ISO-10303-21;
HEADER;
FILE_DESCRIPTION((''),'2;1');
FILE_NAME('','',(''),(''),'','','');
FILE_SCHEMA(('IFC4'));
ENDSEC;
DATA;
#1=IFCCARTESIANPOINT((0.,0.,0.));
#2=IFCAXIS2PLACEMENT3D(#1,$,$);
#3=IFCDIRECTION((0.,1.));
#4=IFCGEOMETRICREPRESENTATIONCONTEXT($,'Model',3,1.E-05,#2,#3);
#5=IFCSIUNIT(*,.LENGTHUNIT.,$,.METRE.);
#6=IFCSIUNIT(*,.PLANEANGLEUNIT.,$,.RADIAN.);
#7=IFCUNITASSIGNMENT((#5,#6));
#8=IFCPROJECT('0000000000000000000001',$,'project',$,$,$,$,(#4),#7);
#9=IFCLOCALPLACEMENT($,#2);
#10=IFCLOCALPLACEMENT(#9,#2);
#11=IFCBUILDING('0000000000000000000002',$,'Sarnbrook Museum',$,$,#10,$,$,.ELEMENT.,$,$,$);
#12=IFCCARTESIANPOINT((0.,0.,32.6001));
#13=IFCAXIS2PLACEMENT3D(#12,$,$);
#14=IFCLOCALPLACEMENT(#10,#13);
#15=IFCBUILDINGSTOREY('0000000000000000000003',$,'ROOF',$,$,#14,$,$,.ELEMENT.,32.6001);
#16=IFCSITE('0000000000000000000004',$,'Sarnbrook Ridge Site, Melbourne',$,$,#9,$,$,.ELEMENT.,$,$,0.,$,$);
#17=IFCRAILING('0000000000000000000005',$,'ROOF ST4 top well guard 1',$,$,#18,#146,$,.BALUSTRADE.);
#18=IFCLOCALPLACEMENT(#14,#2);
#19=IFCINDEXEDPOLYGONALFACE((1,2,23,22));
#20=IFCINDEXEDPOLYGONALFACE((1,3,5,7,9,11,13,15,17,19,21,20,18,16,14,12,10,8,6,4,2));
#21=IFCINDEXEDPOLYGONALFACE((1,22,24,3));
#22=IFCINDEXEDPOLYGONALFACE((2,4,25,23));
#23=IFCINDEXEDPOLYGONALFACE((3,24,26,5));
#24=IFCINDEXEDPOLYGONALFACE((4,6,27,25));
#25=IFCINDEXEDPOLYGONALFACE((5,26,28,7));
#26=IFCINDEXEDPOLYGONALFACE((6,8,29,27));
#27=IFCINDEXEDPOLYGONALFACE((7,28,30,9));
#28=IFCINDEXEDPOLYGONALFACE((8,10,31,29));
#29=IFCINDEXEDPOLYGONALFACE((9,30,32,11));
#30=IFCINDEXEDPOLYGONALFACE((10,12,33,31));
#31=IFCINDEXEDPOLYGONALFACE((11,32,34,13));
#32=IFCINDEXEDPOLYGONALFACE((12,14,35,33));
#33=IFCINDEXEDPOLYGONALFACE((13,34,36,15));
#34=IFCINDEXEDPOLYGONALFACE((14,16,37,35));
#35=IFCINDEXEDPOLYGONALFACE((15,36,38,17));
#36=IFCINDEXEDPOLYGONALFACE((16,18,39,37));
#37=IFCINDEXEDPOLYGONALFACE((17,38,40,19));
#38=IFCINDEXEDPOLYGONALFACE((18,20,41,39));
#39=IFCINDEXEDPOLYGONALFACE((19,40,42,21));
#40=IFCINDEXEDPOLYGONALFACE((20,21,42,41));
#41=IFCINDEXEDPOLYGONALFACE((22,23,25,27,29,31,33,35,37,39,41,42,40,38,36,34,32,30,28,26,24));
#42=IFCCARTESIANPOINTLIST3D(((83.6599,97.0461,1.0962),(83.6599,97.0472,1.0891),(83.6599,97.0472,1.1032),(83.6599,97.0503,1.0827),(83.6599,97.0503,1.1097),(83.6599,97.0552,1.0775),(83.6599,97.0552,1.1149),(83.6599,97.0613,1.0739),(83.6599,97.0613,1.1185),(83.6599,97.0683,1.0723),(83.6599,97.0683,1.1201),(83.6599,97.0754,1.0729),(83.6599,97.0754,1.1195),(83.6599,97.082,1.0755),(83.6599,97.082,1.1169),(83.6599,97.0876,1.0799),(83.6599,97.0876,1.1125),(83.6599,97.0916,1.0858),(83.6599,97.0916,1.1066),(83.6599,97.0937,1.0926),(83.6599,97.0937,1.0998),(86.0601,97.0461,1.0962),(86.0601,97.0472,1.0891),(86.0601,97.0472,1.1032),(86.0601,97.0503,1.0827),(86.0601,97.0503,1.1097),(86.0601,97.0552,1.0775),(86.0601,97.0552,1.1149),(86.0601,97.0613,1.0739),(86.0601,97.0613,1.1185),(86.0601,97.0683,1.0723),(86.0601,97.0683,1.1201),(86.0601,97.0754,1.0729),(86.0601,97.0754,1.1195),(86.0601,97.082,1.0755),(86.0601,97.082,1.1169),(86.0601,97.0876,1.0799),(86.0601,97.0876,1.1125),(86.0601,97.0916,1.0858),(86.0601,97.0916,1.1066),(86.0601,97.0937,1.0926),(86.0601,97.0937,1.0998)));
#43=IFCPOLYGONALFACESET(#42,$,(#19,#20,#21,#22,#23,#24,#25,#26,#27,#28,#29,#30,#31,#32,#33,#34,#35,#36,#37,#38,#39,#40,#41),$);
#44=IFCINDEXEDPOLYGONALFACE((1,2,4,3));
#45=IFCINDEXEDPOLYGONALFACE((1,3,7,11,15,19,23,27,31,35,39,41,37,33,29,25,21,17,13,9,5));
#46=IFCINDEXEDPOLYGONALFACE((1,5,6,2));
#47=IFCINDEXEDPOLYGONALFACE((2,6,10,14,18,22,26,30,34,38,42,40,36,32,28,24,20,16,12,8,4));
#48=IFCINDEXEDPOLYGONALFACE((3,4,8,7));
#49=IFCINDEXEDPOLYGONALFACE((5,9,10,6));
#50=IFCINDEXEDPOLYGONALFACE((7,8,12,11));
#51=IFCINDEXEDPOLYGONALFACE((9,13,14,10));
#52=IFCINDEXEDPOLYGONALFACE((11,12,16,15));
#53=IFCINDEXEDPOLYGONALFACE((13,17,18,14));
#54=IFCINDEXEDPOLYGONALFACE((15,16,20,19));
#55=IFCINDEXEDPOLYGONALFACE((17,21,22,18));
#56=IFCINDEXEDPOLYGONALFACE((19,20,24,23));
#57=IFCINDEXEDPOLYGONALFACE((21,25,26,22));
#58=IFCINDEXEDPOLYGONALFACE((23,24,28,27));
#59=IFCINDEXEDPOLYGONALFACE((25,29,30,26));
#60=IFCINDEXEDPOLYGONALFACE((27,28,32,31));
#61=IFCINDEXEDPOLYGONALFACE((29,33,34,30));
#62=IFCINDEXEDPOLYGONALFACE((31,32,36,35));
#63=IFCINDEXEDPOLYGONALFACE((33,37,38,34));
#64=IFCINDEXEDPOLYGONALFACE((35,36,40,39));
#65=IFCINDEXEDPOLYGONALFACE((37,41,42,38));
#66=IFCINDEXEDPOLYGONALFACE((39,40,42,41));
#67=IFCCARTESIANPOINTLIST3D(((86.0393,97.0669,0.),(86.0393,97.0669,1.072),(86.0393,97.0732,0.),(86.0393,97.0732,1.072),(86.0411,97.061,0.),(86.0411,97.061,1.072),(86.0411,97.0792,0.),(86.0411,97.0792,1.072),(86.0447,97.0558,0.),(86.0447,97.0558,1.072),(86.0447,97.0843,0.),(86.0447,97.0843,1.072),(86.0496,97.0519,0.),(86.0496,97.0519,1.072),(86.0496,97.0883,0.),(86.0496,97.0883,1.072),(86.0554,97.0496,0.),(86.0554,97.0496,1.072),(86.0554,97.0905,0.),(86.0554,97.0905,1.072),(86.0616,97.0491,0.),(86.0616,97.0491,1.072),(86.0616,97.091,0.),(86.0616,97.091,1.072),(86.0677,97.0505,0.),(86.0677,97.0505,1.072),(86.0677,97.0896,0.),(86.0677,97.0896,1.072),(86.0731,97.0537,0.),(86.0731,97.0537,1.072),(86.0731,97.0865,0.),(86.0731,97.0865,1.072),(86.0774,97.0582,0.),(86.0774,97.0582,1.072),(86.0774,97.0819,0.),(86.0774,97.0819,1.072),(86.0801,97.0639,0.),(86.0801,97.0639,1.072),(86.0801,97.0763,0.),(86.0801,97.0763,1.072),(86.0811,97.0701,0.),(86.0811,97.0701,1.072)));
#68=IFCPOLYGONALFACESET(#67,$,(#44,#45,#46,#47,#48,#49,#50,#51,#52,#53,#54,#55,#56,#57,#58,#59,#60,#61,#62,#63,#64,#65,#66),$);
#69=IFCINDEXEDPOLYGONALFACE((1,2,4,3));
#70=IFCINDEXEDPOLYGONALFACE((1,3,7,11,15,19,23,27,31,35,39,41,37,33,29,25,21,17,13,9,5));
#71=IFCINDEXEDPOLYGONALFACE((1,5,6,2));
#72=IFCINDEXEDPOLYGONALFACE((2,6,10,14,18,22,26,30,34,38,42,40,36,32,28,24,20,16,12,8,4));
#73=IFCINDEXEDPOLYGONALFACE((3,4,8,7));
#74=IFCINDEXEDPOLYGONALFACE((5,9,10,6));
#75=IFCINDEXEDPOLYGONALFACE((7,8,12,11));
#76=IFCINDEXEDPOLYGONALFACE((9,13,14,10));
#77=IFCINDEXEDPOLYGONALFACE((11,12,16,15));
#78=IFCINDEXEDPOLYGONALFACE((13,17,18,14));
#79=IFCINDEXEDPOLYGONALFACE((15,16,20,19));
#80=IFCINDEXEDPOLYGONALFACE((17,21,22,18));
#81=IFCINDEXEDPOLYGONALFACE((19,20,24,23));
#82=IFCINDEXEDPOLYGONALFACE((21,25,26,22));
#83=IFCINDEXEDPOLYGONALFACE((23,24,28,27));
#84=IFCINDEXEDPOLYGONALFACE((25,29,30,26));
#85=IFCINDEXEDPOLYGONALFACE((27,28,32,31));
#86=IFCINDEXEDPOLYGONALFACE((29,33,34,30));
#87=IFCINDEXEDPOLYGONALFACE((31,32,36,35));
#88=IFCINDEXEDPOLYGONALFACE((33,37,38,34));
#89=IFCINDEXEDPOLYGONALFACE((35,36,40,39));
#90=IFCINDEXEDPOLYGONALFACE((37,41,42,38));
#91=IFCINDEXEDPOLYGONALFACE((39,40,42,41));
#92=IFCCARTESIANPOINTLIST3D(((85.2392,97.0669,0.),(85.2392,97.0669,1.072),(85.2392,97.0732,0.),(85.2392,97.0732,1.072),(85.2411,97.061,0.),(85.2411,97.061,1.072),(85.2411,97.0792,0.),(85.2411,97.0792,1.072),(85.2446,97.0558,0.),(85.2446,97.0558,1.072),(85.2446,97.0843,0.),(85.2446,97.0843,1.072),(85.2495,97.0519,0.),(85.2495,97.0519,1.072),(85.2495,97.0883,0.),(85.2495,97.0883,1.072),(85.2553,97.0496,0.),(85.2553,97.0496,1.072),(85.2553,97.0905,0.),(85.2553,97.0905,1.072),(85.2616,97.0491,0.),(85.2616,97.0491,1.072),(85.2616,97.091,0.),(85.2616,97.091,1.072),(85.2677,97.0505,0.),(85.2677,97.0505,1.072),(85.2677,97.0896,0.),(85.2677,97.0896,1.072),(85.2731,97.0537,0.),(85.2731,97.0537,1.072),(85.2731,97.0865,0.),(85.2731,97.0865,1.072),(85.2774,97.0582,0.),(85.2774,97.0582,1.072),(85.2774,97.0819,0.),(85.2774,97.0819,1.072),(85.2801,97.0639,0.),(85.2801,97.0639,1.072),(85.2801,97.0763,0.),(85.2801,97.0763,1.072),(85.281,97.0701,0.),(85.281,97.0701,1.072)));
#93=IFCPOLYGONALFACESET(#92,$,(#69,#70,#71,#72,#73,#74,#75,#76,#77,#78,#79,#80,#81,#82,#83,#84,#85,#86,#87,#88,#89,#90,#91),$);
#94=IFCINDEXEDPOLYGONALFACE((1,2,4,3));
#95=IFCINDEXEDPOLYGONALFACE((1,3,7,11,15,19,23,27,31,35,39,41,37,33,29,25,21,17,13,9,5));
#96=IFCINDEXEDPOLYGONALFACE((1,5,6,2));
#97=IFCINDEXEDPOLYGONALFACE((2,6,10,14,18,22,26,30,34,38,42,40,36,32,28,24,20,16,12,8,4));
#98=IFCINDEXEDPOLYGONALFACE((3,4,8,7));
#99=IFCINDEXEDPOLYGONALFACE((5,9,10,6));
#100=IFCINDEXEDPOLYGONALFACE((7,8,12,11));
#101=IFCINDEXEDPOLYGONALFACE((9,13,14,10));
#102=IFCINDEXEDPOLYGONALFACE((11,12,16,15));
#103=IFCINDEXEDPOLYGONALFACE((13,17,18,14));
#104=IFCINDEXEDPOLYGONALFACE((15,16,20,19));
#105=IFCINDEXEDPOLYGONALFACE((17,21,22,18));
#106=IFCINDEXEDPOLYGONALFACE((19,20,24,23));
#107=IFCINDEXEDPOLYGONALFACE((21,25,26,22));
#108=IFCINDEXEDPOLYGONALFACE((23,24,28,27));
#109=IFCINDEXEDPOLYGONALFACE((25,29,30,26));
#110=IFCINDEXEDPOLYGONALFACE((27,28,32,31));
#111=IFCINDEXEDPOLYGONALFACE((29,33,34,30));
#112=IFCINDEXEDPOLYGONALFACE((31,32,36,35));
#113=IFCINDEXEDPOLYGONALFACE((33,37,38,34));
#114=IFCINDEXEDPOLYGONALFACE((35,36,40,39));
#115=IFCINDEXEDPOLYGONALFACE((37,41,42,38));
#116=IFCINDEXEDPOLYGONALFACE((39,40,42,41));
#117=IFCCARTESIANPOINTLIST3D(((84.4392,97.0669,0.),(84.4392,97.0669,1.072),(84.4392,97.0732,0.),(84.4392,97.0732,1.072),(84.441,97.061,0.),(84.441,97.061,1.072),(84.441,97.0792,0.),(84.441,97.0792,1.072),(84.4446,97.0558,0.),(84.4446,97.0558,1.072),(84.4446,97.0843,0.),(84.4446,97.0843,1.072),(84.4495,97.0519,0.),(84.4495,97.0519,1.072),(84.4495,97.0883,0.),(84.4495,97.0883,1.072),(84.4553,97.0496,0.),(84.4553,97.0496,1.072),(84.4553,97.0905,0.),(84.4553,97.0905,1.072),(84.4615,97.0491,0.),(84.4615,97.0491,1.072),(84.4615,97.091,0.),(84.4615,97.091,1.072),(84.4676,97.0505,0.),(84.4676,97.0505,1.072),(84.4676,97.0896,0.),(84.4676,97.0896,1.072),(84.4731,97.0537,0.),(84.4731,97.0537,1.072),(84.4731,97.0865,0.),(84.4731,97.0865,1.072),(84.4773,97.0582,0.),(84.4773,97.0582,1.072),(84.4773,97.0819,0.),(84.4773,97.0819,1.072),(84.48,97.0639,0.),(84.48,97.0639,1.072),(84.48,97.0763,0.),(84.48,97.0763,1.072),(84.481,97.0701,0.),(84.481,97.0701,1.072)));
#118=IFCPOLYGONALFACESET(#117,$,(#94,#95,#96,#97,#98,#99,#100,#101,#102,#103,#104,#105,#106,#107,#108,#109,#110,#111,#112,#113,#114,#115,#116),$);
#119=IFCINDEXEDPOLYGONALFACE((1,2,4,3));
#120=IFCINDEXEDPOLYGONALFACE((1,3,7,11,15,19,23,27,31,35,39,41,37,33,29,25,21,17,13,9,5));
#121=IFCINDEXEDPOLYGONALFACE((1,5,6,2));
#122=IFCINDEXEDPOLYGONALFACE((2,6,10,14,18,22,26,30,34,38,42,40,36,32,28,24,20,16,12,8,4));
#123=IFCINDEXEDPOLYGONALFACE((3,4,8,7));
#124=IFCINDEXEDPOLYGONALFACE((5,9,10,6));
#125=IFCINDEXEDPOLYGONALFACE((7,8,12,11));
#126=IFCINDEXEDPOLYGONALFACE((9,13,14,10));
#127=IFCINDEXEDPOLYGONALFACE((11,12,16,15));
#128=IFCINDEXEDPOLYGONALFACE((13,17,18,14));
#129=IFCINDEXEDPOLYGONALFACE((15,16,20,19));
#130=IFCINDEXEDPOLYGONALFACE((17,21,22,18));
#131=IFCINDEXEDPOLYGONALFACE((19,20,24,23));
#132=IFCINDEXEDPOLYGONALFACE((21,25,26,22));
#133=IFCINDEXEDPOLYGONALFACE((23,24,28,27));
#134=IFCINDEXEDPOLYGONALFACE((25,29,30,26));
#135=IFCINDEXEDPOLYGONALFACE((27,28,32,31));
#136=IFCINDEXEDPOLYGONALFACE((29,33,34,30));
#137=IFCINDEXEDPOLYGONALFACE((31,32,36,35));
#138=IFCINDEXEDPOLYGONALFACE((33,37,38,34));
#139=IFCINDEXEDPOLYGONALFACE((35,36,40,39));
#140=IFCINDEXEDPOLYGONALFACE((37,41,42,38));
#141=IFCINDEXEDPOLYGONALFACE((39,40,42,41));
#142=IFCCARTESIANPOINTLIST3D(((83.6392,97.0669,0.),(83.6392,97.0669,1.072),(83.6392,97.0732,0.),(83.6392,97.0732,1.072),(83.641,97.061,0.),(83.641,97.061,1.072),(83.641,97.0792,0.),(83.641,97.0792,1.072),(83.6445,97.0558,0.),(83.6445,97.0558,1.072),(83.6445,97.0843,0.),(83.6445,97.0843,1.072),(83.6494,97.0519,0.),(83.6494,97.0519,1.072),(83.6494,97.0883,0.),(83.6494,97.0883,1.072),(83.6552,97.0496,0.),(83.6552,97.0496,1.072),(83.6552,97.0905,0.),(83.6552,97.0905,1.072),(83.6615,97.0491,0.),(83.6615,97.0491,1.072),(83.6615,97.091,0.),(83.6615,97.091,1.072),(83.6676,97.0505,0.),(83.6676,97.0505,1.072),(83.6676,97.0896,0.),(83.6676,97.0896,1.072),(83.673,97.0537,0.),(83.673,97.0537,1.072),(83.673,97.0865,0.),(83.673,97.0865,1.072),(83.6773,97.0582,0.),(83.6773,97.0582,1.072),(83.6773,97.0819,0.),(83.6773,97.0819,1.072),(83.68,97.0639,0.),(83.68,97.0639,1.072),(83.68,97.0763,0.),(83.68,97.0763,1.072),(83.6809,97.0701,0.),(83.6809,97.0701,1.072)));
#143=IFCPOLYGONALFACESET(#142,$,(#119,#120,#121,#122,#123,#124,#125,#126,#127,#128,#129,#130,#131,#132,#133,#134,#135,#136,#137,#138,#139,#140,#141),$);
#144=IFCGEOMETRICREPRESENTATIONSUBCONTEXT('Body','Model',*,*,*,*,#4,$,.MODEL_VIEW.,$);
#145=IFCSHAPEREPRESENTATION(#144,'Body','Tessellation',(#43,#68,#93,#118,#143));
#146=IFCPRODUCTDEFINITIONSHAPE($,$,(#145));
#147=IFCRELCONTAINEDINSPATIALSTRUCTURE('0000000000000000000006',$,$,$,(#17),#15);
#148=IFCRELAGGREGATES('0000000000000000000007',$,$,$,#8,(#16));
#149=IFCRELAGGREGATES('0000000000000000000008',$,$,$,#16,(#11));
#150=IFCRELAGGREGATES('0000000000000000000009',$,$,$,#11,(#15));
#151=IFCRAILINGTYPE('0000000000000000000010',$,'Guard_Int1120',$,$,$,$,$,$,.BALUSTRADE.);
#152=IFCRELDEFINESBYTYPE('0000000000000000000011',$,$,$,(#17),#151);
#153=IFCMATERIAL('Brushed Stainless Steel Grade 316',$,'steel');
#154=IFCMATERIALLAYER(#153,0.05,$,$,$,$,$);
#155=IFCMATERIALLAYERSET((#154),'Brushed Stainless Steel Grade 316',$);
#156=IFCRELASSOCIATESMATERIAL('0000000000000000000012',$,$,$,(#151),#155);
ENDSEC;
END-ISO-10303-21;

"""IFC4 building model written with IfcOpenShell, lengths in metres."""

from ifc_helpers import new_model, si_unit, direction, frame, origin, origin_2d, place, context, subcontext, project, spatial, circle, extrude, material, layer, layer_set, type_object, element, save


model = new_model("IFC4")

# Units and contexts
model_context = context("Model", 3, precision=1e-05, world=origin(), true_north=direction((0.0, 1.0)))
body_context = subcontext(model_context, "Body", "Model", "MODEL_VIEW")
ifc_project = project(units=[si_unit("LENGTHUNIT", "METRE"), si_unit("PLANEANGLEUNIT", "RADIAN")], contexts=[model_context])

# Site, building, storey
site_placement = place(None, origin())
site = spatial("IfcSite", under=ifc_project, at=site_placement, Name="Sarnbrook Ridge Site, Melbourne", CompositionType="ELEMENT", RefElevation=0.0)
building_placement = place(site_placement, origin())
building = spatial("IfcBuilding", under=site, at=building_placement, Name="Sarnbrook Museum", CompositionType="ELEMENT")
storey_placement = place(building_placement, frame((0.0, 0.0, 32.6001)))
storey = spatial("IfcBuildingStorey", under=building, at=storey_placement, Name="ROOF", CompositionType="ELEMENT", Elevation=32.6001)

# Shared definitions
ifc_material_1 = material(Name="Brushed Stainless Steel Grade 316", Category="steel")

# Railing
ifc_layer_1 = layer(ifc_material_1, 0.05)
ifc_layer_set_1 = layer_set([ifc_layer_1], Name="Brushed Stainless Steel Grade 316")
railing_type = type_object("IfcRailingType", Name="Guard_Int1120", PredefinedType="BALUSTRADE", material=ifc_layer_set_1)
railing_1_placement = place(storey_placement, frame((86.0601, 97.0701, 0.0)))
element("IfcRailing", 1, at=railing_1_placement, inside=storey, type_object=railing_type, Name="ROOF ST4 top well guard 1", PredefinedType="BALUSTRADE", context=body_context, shape_type="SweptSolid", body=[
    extrude(circle(Radius=0.0239, at=origin_2d()), frame((0.0, 0.0, 1.0962), z_axis=(-1.0, 0.0, 0.0), x_axis=(0.0, -1.0, 0.0)), (0.0, 0.0, 1.0), 2.4001),
    extrude(circle(Radius=0.021, at=origin_2d()), origin(), (0.0, 0.0, 1.0), 1.072),
    extrude(circle(Radius=0.021, at=origin_2d()), frame((-0.8, 0.0, 0.0)), (0.0, 0.0, 1.0), 1.072),
    extrude(circle(Radius=0.021, at=origin_2d()), frame((-1.6001, 0.0, 0.0)), (0.0, 0.0, 1.0), 1.072),
    extrude(circle(Radius=0.021, at=origin_2d()), frame((-2.4001, 0.0, 0.0)), (0.0, 0.0, 1.0), 1.072),
])

save(model, "model.ifc")
